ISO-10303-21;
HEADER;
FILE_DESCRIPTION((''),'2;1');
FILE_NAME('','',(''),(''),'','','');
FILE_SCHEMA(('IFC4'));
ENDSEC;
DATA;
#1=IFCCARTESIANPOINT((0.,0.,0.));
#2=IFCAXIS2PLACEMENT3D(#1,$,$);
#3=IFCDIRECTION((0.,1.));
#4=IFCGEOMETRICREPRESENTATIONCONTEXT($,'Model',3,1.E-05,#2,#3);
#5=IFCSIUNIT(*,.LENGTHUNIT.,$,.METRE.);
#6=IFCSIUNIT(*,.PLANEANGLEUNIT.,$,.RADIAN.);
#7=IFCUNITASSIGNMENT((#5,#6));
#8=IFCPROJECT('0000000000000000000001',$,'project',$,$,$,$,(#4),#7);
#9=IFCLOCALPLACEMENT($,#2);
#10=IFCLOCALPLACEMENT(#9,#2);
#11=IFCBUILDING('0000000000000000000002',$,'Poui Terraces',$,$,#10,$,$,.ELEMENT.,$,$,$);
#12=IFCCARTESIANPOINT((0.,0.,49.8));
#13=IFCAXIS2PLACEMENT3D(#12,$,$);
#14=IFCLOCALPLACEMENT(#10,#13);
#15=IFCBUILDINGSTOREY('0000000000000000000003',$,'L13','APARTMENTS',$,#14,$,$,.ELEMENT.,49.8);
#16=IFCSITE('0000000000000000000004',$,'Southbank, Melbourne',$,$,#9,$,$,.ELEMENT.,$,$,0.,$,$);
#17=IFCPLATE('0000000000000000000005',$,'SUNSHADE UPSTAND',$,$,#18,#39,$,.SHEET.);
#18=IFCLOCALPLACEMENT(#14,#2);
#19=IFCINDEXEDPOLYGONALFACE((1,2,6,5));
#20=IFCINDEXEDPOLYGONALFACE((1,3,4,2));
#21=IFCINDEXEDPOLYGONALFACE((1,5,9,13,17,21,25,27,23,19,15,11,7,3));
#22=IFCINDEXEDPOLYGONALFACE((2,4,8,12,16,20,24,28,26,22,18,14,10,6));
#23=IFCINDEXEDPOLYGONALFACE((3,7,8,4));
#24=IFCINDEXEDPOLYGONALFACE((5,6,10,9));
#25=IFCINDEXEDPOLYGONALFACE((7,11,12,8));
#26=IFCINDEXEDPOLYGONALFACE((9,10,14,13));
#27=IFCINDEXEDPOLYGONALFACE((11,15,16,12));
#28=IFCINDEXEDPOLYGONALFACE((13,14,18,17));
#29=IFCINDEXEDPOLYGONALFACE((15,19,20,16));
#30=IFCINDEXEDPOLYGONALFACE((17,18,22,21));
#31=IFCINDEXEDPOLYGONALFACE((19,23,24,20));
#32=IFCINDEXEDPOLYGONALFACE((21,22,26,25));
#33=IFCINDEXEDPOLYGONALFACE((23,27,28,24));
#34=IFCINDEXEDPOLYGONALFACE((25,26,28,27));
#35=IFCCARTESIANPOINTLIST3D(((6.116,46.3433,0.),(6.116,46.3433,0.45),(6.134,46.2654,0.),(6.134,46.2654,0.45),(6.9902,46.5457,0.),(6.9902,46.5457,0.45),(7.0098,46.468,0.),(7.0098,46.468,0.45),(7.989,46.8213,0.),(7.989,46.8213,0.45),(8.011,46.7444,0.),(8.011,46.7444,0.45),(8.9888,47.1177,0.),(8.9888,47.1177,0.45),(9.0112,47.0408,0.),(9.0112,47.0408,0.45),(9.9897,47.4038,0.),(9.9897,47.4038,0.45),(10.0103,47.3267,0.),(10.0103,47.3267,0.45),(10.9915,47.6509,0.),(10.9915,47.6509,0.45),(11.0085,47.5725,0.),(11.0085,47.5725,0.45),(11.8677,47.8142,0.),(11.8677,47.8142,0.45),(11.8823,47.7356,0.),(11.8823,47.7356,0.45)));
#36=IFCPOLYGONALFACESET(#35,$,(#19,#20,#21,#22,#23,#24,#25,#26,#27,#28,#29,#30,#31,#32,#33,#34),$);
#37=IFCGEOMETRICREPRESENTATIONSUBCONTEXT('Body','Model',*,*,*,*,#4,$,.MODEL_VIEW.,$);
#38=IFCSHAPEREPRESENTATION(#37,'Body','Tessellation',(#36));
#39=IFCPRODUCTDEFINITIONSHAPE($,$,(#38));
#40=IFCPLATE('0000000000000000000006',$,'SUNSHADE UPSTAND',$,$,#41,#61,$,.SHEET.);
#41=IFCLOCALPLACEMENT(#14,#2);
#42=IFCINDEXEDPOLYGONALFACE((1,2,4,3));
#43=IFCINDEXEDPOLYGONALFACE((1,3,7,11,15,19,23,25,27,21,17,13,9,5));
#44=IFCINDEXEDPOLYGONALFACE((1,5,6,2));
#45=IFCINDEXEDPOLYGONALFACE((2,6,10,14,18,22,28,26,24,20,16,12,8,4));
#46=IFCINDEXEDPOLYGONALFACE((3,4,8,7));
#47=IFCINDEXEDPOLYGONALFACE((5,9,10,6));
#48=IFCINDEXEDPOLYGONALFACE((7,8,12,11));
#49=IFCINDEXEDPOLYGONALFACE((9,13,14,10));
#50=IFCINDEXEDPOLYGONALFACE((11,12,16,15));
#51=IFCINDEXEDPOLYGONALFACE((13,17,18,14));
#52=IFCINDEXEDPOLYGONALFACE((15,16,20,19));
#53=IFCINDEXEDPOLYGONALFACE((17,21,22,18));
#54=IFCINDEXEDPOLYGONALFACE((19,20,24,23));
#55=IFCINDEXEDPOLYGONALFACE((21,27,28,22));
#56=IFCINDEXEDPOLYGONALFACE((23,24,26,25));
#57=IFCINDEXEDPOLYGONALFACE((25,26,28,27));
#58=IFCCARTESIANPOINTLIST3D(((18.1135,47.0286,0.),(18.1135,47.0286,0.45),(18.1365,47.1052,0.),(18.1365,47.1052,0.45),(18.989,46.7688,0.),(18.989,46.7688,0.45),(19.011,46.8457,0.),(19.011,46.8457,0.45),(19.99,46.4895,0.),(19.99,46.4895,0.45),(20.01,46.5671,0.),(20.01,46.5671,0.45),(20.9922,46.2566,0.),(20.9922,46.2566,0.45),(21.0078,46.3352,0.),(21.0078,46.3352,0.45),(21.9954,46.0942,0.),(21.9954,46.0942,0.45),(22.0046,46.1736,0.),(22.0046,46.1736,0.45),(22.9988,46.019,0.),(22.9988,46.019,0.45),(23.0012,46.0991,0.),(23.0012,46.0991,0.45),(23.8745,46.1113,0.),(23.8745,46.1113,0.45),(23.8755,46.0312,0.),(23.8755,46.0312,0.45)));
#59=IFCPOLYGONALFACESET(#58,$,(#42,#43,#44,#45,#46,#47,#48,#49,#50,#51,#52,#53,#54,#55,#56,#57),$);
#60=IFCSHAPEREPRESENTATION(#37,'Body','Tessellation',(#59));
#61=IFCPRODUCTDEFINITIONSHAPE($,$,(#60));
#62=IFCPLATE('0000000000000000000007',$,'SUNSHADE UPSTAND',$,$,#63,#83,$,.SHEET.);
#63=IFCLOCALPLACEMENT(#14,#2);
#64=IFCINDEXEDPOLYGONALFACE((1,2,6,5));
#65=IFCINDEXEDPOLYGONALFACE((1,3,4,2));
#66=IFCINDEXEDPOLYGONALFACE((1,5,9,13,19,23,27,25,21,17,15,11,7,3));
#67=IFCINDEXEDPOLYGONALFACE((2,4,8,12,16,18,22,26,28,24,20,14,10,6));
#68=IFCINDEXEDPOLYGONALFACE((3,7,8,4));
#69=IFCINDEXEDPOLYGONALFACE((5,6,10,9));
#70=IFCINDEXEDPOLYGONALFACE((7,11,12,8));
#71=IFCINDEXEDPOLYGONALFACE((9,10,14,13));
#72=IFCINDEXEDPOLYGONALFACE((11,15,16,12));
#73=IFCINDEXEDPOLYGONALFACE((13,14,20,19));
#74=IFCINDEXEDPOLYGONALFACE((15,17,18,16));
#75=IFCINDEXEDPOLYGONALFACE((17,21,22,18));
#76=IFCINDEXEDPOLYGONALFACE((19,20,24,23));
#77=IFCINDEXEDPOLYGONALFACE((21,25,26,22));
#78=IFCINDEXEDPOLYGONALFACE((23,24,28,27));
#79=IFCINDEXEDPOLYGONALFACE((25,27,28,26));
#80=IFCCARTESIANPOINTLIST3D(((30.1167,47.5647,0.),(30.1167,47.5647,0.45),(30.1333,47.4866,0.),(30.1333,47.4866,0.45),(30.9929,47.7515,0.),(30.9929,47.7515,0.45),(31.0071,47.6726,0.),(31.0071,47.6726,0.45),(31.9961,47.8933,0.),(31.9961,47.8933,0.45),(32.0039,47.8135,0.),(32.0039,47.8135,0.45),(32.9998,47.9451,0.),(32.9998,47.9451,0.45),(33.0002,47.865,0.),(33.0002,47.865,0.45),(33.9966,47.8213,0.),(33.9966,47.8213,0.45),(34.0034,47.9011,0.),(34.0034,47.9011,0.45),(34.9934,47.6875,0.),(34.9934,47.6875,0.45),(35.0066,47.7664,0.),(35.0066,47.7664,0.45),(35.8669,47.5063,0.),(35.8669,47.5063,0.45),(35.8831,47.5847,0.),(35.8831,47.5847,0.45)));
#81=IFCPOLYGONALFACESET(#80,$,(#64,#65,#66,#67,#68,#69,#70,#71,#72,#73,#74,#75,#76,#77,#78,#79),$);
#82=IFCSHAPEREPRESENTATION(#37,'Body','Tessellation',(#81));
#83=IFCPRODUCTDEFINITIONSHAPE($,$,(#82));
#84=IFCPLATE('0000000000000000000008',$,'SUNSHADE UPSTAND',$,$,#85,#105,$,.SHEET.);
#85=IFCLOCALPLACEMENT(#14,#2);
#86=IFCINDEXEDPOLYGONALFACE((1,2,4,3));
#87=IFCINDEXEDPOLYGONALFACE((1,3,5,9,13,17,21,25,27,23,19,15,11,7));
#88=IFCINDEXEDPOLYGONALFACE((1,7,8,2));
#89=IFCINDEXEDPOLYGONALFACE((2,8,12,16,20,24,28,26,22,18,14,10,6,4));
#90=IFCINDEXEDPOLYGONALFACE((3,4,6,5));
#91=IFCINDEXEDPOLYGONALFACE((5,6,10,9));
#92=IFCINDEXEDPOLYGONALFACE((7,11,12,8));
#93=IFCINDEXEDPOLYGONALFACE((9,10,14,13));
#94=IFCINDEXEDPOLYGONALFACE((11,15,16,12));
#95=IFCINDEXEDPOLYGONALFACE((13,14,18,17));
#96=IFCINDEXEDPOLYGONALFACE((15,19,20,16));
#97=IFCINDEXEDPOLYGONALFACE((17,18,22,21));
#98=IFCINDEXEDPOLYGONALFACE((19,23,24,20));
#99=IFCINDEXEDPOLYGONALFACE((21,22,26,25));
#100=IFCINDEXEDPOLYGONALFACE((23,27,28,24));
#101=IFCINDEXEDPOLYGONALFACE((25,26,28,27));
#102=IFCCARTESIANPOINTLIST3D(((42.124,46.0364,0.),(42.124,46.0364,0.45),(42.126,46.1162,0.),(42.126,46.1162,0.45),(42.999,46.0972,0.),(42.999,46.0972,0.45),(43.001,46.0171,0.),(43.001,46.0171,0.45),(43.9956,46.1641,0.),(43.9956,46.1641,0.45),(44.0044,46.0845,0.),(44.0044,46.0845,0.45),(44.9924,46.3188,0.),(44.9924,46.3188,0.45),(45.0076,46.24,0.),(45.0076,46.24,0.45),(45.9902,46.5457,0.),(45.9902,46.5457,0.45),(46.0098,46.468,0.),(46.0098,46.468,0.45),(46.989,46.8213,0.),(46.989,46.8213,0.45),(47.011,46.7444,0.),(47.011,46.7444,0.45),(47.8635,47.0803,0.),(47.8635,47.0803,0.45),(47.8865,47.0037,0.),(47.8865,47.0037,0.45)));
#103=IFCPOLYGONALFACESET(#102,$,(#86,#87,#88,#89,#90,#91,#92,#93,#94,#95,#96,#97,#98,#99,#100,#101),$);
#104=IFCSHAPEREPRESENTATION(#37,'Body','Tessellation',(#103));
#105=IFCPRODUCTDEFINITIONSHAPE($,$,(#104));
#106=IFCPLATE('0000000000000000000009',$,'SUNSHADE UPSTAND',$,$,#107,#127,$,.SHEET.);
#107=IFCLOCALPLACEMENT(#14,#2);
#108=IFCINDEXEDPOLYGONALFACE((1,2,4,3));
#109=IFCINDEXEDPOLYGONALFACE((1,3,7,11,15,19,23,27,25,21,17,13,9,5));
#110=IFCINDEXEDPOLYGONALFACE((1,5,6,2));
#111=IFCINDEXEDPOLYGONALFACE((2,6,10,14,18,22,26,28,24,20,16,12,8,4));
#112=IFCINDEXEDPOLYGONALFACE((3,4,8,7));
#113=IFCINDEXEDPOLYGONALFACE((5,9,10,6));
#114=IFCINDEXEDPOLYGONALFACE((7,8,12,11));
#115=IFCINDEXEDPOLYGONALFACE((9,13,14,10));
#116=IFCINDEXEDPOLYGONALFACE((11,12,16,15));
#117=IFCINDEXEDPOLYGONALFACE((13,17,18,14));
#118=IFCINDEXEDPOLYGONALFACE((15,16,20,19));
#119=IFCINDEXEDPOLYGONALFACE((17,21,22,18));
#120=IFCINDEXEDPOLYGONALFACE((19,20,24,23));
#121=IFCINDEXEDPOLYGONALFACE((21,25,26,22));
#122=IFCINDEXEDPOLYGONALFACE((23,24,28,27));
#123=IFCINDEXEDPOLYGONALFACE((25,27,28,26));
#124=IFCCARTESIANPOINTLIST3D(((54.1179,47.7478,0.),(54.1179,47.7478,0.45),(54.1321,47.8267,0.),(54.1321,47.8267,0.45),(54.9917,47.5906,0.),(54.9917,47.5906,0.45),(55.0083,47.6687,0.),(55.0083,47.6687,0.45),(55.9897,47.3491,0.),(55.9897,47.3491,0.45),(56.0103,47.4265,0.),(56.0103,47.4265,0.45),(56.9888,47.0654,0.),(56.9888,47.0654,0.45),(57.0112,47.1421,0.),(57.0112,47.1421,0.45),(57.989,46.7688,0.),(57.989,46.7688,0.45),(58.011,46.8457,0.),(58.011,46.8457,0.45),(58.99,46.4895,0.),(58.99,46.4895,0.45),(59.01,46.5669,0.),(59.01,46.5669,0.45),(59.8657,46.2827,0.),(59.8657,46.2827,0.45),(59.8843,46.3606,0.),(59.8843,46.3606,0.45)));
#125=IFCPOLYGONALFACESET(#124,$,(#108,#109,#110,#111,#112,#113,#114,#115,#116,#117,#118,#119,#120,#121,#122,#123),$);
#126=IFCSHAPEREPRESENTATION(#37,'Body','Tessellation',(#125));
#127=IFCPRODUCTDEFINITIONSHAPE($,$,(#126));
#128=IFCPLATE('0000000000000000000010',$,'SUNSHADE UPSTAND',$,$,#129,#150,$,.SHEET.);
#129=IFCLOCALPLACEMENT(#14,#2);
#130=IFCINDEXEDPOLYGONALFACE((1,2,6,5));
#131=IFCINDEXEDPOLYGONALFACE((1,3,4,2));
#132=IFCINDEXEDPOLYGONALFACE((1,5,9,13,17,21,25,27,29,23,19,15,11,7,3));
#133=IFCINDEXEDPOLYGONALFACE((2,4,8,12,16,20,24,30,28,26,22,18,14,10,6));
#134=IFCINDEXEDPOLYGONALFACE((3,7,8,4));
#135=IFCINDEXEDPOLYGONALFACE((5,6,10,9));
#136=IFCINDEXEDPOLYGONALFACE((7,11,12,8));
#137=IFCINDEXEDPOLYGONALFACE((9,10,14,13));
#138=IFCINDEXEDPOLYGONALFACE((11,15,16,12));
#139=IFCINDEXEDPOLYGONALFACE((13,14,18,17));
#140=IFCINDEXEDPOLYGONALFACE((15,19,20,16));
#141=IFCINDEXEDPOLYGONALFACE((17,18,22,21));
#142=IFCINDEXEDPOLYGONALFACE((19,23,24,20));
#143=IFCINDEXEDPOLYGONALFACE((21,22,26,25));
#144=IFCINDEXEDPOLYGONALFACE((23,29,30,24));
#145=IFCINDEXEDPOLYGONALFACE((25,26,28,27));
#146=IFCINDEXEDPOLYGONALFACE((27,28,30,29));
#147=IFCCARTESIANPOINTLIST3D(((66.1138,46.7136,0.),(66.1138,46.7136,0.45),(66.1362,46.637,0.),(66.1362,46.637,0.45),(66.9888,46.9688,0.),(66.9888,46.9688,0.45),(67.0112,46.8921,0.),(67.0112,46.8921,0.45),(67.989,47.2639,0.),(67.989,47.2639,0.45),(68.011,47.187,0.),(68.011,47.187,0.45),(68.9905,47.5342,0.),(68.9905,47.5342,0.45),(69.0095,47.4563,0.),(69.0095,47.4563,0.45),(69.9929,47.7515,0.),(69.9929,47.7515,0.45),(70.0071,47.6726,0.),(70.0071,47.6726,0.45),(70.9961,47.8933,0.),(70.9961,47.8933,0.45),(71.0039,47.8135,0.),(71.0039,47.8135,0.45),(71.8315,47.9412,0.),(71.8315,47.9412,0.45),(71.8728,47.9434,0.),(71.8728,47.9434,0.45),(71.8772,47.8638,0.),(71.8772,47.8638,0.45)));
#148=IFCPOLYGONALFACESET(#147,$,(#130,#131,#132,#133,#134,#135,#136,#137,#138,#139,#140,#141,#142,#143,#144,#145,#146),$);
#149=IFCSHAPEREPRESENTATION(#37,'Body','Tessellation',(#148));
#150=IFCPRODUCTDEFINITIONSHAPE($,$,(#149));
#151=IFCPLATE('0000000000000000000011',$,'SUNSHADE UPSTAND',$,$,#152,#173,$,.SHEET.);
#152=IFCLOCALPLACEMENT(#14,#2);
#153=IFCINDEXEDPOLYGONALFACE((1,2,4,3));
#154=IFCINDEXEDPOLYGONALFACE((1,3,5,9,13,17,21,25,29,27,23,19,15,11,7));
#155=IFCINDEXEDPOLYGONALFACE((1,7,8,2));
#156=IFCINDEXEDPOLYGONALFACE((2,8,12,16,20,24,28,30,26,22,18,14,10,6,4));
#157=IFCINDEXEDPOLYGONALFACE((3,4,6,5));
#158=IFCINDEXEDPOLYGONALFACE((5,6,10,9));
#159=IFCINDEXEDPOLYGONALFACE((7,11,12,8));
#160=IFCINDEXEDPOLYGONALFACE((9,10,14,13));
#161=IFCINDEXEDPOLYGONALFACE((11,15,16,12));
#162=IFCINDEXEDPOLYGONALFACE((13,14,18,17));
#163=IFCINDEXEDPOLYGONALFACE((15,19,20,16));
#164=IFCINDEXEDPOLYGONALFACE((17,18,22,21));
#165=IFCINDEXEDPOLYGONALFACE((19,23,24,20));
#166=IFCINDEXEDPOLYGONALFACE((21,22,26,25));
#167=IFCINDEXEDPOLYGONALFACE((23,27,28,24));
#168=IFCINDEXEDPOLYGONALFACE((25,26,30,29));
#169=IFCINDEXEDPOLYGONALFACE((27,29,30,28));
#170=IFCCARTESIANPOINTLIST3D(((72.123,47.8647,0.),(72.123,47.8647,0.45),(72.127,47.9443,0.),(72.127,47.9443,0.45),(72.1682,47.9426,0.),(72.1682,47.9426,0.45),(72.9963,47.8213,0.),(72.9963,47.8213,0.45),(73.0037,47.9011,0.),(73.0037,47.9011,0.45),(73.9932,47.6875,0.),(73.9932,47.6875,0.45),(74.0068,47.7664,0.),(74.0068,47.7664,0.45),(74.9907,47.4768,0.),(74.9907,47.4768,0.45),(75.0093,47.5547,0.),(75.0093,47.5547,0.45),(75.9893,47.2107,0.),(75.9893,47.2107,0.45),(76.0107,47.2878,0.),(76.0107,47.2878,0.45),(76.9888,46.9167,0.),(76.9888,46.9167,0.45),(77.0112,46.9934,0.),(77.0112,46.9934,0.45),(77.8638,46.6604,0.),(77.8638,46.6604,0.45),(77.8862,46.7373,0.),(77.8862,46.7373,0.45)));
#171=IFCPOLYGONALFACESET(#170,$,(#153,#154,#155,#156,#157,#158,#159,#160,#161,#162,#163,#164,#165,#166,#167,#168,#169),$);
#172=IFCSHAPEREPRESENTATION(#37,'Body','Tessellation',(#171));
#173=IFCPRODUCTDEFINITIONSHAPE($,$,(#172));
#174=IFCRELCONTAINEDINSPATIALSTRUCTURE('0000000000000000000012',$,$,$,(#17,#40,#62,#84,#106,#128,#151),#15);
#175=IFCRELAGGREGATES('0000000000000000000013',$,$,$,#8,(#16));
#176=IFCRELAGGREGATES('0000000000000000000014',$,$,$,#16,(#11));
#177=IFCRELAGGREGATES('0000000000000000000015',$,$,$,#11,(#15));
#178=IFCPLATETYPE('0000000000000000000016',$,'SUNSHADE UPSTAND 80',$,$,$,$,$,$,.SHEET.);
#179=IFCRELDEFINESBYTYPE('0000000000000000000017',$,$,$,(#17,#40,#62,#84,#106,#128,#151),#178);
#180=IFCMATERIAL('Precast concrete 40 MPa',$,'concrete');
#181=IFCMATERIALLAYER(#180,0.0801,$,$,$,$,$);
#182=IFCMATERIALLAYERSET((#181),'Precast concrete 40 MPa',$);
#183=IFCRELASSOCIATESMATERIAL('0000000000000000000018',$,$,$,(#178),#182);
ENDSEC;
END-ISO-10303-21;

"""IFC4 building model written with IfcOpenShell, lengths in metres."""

from ifc_helpers import new_model, si_unit, direction, frame, origin, place, context, subcontext, project, spatial, polyline, outline, extrude, material, layer, layer_set, type_object, element, save


model = new_model("IFC4")

# Units and contexts
model_context = context("Model", 3, precision=1e-05, world=origin(), true_north=direction((0.0, 1.0)))
body_context = subcontext(model_context, "Body", "Model", "MODEL_VIEW")
ifc_project = project(units=[si_unit("LENGTHUNIT", "METRE"), si_unit("PLANEANGLEUNIT", "RADIAN")], contexts=[model_context])

# Site, building, storey
site_placement = place(None, origin())
site = spatial("IfcSite", under=ifc_project, at=site_placement, Name="Southbank, Melbourne", CompositionType="ELEMENT", RefElevation=0.0)
building_placement = place(site_placement, origin())
building = spatial("IfcBuilding", under=site, at=building_placement, Name="Poui Terraces", CompositionType="ELEMENT")
storey_placement = place(building_placement, frame((0.0, 0.0, 49.8)))
storey = spatial("IfcBuildingStorey", under=building, at=storey_placement, Name="L13", Description="APARTMENTS", CompositionType="ELEMENT", Elevation=49.8)

# Shared definitions
ifc_material_1 = material(Name="Precast concrete 40 MPa", Category="concrete")

# Plates
ifc_layer_1 = layer(ifc_material_1, 0.0801)
ifc_layer_set_1 = layer_set([ifc_layer_1], Name="Precast concrete 40 MPa")
plate_type = type_object("IfcPlateType", Name="SUNSHADE UPSTAND 80", PredefinedType="SHEET", material=ifc_layer_set_1)
plate_1_placement = place(storey_placement, origin())
element("IfcPlate", 1, at=plate_1_placement, inside=storey, type_object=plate_type, Name="SUNSHADE UPSTAND", PredefinedType="SHEET", context=body_context, shape_type="SweptSolid", body=[
    extrude(outline(polyline([(6.9902, 46.5457), (6.116, 46.3433), (6.134, 46.2654), (7.0098, 46.468), (8.011, 46.7444), (9.0112, 47.0408), (10.0103, 47.3267), (11.0085, 47.5725), (11.8823, 47.7356), (11.8677, 47.8142), (10.9915, 47.6509), (9.9897, 47.4038), (8.9888, 47.1177), (7.989, 46.8213), (6.9902, 46.5457)])), origin(), (0.0, 0.0, 1.0), 0.45),
])
plate_2_placement = place(storey_placement, origin())
element("IfcPlate", 2, at=plate_2_placement, inside=storey, type_object=plate_type, Name="SUNSHADE UPSTAND", PredefinedType="SHEET", context=body_context, shape_type="SweptSolid", body=[
    extrude(outline(polyline([(19.011, 46.8457), (18.1365, 47.1052), (18.1135, 47.0286), (18.989, 46.7688), (19.99, 46.4895), (20.9922, 46.2566), (21.9954, 46.0942), (22.9988, 46.019), (23.8755, 46.0312), (23.8745, 46.1113), (23.0012, 46.0991), (22.0046, 46.1736), (21.0078, 46.3352), (20.01, 46.5671), (19.011, 46.8457)])), origin(), (0.0, 0.0, 1.0), 0.45),
])
plate_3_placement = place(storey_placement, origin())
element("IfcPlate", 3, at=plate_3_placement, inside=storey, type_object=plate_type, Name="SUNSHADE UPSTAND", PredefinedType="SHEET", context=body_context, shape_type="SweptSolid", body=[
    extrude(outline(polyline([(30.9929, 47.7515), (30.1167, 47.5647), (30.1333, 47.4866), (31.0071, 47.6726), (32.0039, 47.8135), (33.0002, 47.865), (33.9966, 47.8213), (34.9934, 47.6875), (35.8669, 47.5063), (35.8831, 47.5847), (35.0066, 47.7664), (34.0034, 47.9011), (32.9998, 47.9451), (31.9961, 47.8933), (30.9929, 47.7515)])), origin(), (0.0, 0.0, 1.0), 0.45),
])
plate_4_placement = place(storey_placement, origin())
element("IfcPlate", 4, at=plate_4_placement, inside=storey, type_object=plate_type, Name="SUNSHADE UPSTAND", PredefinedType="SHEET", context=body_context, shape_type="SweptSolid", body=[
    extrude(outline(polyline([(42.999, 46.0972), (42.126, 46.1162), (42.124, 46.0364), (43.001, 46.0171), (44.0044, 46.0845), (45.0076, 46.24), (46.0098, 46.468), (47.011, 46.7444), (47.8865, 47.0037), (47.8635, 47.0803), (46.989, 46.8213), (45.9902, 46.5457), (44.9924, 46.3188), (43.9956, 46.1641), (42.999, 46.0972)])), origin(), (0.0, 0.0, 1.0), 0.45),
])
plate_5_placement = place(storey_placement, origin())
element("IfcPlate", 5, at=plate_5_placement, inside=storey, type_object=plate_type, Name="SUNSHADE UPSTAND", PredefinedType="SHEET", context=body_context, shape_type="SweptSolid", body=[
    extrude(outline(polyline([(55.0083, 47.6687), (54.1321, 47.8267), (54.1179, 47.7478), (54.9917, 47.5906), (55.9897, 47.3491), (56.9888, 47.0654), (57.989, 46.7688), (58.99, 46.4895), (59.8657, 46.2827), (59.8843, 46.3606), (59.01, 46.5669), (58.011, 46.8457), (57.0112, 47.1421), (56.0103, 47.4265), (55.0083, 47.6687)])), origin(), (0.0, 0.0, 1.0), 0.45),
])
plate_6_placement = place(storey_placement, origin())
element("IfcPlate", 6, at=plate_6_placement, inside=storey, type_object=plate_type, Name="SUNSHADE UPSTAND", PredefinedType="SHEET", context=body_context, shape_type="SweptSolid", body=[
    extrude(outline(polyline([(66.9888, 46.9688), (66.1138, 46.7136), (66.1362, 46.637), (67.0112, 46.8921), (68.011, 47.187), (69.0095, 47.4563), (70.0071, 47.6726), (71.0039, 47.8135), (71.8772, 47.8638), (71.8728, 47.9434), (71.8315, 47.9412), (70.9961, 47.8933), (69.9929, 47.7515), (68.9905, 47.5342), (67.989, 47.2639), (66.9888, 46.9688)])), origin(), (0.0, 0.0, 1.0), 0.45),
])
plate_7_placement = place(storey_placement, origin())
element("IfcPlate", 7, at=plate_7_placement, inside=storey, type_object=plate_type, Name="SUNSHADE UPSTAND", PredefinedType="SHEET", context=body_context, shape_type="SweptSolid", body=[
    extrude(outline(polyline([(73.0037, 47.9011), (72.1682, 47.9426), (72.127, 47.9443), (72.123, 47.8647), (72.9963, 47.8213), (73.9932, 47.6875), (74.9907, 47.4768), (75.9893, 47.2107), (76.9888, 46.9167), (77.8638, 46.6604), (77.8862, 46.7373), (77.0112, 46.9934), (76.0107, 47.2878), (75.0093, 47.5547), (74.0068, 47.7664), (73.0037, 47.9011)])), origin(), (0.0, 0.0, 1.0), 0.45),
])

save(model, "model.ifc")
